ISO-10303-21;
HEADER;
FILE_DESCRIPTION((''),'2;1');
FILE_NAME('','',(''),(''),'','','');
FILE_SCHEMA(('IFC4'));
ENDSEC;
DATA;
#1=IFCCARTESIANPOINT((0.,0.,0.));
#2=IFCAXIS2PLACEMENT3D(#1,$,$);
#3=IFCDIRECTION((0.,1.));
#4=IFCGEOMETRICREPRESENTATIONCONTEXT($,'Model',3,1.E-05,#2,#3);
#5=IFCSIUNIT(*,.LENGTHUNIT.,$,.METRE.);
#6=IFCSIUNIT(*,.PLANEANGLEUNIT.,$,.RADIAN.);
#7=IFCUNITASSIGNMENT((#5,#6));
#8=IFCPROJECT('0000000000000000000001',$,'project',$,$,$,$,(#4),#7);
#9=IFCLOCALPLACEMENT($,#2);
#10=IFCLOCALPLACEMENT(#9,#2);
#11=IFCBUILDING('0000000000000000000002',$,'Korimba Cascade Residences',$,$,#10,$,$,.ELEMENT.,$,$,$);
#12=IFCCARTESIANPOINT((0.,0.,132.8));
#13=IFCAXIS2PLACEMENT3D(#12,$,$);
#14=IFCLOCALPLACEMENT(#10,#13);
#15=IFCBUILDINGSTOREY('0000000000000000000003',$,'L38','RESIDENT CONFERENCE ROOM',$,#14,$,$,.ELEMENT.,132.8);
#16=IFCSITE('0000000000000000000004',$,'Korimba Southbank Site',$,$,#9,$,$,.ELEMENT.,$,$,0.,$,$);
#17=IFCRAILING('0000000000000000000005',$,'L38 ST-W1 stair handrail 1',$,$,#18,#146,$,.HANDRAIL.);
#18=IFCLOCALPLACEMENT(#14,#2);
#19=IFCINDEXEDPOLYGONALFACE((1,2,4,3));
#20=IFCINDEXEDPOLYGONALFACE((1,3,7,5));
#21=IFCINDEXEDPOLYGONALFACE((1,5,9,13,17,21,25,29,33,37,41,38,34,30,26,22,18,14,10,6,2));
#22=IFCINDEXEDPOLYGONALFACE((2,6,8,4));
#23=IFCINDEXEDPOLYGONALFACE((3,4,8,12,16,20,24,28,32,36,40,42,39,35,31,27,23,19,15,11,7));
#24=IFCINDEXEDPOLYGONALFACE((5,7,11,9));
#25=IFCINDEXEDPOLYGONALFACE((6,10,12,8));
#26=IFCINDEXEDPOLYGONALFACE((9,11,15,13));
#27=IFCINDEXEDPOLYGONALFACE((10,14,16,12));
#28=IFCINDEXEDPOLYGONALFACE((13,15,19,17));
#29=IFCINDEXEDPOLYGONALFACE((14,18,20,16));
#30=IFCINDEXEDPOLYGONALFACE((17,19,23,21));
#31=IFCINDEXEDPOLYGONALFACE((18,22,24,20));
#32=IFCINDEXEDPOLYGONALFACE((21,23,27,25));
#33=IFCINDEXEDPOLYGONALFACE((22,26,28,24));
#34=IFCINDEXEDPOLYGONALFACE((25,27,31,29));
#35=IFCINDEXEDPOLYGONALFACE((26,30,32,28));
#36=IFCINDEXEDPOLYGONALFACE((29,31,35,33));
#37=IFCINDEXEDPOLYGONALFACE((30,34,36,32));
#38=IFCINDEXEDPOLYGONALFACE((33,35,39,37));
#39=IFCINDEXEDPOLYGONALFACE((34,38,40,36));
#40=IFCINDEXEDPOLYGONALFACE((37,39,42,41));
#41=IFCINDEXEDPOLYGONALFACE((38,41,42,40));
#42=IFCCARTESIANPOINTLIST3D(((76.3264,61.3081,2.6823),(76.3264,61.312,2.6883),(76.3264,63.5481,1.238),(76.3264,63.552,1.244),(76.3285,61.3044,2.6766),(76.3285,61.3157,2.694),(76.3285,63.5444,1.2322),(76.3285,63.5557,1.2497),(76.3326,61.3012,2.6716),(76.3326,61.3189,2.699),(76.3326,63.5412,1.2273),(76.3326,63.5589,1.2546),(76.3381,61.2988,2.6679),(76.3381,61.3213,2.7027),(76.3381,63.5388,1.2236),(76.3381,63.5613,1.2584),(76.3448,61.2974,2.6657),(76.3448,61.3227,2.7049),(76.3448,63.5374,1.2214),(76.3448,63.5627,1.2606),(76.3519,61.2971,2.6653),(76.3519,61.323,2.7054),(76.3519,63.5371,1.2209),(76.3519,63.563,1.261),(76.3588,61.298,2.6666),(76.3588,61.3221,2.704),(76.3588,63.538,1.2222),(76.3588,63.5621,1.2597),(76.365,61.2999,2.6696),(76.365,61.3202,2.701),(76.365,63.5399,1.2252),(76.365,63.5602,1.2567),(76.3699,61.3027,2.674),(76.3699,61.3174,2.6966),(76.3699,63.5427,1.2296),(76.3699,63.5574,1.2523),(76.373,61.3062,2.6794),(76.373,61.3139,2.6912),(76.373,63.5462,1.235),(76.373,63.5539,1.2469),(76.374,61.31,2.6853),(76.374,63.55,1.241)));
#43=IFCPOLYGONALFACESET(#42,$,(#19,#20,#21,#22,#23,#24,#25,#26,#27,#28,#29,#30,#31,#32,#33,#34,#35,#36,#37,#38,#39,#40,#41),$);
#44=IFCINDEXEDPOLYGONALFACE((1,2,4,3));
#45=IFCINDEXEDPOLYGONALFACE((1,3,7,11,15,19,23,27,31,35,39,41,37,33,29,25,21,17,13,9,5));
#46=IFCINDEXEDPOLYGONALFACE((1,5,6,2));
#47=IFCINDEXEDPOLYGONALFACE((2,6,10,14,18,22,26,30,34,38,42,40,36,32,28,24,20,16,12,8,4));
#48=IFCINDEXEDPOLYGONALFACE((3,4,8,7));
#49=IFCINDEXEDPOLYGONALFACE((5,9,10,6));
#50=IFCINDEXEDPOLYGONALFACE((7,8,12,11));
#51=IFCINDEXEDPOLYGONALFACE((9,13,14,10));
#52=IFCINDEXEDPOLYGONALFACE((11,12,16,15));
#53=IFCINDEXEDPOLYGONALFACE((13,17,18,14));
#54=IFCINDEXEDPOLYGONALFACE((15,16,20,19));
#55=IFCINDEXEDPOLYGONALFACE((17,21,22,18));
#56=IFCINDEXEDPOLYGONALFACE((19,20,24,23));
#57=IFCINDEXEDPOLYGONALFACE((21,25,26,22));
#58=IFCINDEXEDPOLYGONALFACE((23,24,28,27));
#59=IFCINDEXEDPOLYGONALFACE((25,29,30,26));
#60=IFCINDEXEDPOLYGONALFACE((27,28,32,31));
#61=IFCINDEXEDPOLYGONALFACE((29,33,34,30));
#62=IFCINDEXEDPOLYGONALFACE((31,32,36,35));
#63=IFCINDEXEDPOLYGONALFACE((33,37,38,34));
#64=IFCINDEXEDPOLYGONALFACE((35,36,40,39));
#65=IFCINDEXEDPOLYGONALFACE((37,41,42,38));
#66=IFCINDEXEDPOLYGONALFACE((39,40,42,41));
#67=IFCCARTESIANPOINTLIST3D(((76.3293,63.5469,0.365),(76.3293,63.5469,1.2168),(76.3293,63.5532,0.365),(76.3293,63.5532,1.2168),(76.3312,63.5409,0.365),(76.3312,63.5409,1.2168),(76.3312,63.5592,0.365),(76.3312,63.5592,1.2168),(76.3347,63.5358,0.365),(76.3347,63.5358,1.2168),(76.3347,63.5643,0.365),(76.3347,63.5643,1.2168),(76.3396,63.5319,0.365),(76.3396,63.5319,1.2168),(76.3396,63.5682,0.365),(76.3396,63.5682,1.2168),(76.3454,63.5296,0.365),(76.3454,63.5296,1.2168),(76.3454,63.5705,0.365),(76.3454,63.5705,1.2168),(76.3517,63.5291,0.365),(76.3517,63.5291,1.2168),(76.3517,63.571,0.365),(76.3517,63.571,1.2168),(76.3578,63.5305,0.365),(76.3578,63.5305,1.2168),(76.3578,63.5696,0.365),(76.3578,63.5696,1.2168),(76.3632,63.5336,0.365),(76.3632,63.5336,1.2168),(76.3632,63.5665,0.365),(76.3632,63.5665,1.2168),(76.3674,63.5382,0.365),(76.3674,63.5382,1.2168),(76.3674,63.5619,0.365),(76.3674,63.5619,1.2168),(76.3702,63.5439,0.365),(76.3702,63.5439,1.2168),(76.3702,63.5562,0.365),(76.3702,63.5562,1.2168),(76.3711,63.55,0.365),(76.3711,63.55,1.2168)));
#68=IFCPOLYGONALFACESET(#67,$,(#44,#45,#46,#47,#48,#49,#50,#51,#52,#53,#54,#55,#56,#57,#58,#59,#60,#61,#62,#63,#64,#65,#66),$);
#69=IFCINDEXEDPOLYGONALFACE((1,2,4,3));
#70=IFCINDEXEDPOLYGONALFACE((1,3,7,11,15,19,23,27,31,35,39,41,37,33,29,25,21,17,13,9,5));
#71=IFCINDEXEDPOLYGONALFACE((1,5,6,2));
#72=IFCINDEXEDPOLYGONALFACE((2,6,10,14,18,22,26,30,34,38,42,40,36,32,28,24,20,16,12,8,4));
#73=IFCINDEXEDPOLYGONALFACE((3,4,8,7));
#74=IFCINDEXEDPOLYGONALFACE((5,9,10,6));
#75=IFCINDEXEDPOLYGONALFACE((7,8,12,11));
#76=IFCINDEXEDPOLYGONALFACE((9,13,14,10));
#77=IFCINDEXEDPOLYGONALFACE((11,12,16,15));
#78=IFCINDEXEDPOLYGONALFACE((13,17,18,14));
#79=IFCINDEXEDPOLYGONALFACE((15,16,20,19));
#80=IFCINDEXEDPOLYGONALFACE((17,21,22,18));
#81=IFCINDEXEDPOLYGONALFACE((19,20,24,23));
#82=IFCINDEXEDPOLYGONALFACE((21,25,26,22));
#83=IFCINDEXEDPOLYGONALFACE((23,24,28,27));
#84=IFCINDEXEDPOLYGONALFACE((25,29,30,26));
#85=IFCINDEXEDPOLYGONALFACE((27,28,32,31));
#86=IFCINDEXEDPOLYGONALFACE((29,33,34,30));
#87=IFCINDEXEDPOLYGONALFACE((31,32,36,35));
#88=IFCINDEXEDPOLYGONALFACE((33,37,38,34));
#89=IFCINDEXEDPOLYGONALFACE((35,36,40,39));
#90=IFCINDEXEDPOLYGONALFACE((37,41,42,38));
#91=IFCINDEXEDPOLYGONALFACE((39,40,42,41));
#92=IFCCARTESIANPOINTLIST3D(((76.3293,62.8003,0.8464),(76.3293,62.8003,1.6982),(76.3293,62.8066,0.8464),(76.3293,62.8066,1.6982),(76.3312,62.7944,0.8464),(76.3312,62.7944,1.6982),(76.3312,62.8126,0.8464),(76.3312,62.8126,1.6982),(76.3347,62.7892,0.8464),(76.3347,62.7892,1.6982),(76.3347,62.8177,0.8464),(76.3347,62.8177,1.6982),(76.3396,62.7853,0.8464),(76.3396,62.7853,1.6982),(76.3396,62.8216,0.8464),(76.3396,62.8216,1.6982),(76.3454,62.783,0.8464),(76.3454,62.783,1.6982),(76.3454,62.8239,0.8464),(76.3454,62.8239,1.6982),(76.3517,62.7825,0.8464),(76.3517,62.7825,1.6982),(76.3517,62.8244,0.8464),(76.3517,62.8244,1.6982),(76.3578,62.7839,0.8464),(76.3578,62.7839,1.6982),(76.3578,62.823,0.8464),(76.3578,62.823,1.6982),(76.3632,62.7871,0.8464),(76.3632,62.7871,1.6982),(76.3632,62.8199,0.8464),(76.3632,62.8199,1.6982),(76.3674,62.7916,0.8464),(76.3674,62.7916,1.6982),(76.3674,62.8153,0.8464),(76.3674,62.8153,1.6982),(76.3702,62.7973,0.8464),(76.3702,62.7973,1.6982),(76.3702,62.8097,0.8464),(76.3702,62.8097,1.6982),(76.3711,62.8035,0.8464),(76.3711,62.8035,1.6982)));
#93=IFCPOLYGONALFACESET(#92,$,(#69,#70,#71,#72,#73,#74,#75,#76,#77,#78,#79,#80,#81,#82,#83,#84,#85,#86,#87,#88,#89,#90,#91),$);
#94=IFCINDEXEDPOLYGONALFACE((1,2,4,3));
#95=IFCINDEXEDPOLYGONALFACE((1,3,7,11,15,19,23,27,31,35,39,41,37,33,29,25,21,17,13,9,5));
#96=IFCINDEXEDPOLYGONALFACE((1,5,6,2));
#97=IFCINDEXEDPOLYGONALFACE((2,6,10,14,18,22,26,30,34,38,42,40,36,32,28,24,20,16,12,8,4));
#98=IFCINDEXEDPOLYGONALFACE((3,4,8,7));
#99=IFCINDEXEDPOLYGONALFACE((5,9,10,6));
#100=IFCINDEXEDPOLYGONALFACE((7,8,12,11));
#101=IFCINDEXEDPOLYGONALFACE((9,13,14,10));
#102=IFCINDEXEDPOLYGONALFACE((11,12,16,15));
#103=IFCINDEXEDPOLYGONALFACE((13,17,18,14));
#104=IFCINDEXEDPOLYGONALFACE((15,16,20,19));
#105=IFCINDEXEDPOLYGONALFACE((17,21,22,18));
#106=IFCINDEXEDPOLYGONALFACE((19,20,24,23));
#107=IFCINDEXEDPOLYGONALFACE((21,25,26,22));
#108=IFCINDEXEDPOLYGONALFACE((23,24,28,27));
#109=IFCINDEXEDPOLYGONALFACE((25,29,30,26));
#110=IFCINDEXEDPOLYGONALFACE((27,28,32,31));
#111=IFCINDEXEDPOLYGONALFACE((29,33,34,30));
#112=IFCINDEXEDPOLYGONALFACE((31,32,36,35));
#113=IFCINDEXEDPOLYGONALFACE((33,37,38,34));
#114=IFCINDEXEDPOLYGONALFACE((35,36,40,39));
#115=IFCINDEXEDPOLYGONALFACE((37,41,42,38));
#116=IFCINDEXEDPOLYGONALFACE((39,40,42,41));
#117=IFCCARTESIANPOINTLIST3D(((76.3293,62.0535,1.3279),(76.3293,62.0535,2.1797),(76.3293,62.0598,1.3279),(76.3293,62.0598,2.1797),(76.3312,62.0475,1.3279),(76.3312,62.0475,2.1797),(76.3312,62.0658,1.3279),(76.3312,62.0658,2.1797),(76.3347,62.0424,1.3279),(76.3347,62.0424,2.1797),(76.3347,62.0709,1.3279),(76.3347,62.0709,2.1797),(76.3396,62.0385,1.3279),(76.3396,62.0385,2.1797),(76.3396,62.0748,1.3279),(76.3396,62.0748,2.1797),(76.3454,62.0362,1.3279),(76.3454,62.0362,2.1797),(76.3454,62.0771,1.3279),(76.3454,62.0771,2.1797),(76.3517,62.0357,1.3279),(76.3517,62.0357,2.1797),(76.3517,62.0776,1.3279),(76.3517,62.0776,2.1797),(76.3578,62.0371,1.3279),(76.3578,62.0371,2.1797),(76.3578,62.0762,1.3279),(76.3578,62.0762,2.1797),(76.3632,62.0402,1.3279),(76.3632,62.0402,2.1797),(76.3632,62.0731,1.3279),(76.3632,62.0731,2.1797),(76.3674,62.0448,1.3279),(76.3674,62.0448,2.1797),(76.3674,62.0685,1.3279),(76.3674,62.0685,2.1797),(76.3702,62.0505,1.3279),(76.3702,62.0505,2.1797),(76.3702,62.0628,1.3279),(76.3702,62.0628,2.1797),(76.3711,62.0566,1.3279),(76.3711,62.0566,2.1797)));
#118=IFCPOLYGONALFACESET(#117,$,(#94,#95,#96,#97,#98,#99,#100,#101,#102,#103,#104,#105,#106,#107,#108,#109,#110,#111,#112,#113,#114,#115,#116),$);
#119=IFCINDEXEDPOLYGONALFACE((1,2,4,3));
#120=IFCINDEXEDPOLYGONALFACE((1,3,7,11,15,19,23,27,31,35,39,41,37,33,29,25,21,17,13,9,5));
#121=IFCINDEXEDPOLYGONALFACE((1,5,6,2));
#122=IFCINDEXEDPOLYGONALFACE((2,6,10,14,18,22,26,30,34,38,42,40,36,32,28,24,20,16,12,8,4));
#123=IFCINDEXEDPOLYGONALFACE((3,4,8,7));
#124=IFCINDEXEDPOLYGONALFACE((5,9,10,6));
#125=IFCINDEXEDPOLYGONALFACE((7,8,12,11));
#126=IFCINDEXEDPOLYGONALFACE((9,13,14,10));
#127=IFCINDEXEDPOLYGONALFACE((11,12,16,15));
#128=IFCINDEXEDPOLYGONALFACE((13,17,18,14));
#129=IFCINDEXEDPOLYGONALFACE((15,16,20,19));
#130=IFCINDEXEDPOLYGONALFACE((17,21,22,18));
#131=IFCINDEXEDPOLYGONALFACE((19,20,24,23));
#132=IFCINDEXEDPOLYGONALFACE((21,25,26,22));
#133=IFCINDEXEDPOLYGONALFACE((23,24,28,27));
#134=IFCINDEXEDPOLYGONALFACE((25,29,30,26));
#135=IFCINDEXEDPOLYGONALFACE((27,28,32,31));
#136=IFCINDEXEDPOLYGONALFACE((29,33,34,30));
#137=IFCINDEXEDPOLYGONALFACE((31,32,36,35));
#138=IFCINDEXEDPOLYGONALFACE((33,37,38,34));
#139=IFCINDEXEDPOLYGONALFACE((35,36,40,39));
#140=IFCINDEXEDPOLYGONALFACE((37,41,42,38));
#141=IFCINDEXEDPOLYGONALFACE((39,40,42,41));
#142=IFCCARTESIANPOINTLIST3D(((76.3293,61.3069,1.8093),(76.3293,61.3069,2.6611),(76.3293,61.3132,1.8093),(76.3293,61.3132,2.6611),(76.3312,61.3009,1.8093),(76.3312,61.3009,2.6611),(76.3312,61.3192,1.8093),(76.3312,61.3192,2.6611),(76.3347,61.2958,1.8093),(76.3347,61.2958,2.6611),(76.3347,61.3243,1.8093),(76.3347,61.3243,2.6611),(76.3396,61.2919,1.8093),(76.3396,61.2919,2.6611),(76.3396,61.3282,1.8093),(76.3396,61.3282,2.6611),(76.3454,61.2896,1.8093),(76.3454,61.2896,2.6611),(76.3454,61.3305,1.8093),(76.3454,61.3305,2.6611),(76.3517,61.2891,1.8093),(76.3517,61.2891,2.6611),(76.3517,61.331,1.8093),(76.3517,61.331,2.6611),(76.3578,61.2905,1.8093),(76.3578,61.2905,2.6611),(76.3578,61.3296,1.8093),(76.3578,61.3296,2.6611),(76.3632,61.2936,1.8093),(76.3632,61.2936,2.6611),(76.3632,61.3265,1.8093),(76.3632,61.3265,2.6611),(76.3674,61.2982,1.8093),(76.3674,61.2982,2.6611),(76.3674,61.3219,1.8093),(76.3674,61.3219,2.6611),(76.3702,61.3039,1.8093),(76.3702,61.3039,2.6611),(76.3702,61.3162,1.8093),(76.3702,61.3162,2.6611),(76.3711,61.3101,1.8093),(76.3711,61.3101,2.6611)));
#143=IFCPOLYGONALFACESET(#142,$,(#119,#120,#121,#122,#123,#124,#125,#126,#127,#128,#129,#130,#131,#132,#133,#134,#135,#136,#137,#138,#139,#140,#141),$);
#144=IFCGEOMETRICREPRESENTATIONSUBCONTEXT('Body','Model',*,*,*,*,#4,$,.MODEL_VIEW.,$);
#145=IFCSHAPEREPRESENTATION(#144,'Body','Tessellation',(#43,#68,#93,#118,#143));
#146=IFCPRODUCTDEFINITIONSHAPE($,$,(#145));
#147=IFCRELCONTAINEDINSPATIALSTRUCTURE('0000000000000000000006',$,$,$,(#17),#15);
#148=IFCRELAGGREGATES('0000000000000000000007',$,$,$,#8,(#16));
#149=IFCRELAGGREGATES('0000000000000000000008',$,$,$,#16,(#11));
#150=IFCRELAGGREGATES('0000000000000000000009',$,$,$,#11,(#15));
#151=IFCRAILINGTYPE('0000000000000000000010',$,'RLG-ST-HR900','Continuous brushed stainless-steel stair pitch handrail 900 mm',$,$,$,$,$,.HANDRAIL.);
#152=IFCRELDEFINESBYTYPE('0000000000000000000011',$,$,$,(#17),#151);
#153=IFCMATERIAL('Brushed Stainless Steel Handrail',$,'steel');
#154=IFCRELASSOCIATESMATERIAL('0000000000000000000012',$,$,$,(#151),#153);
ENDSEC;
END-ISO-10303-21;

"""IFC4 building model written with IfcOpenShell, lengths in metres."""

from ifc_helpers import new_model, si_unit, direction, frame, origin, origin_2d, place, context, subcontext, project, spatial, circle, extrude, material, type_object, element, save


model = new_model("IFC4")

# Units and contexts
model_context = context("Model", 3, precision=1e-05, world=origin(), true_north=direction((0.0, 1.0)))
body_context = subcontext(model_context, "Body", "Model", "MODEL_VIEW")
ifc_project = project(units=[si_unit("LENGTHUNIT", "METRE"), si_unit("PLANEANGLEUNIT", "RADIAN")], contexts=[model_context])

# Site, building, storey
site_placement = place(None, origin())
site = spatial("IfcSite", under=ifc_project, at=site_placement, Name="Korimba Southbank Site", CompositionType="ELEMENT", RefElevation=0.0)
building_placement = place(site_placement, origin())
building = spatial("IfcBuilding", under=site, at=building_placement, Name="Korimba Cascade Residences", CompositionType="ELEMENT")
storey_placement = place(building_placement, frame((0.0, 0.0, 132.8)))
storey = spatial("IfcBuildingStorey", under=building, at=storey_placement, Name="L38", Description="RESIDENT CONFERENCE ROOM", CompositionType="ELEMENT", Elevation=132.8)

# Railing
ifc_material_1 = material(Name="Brushed Stainless Steel Handrail", Category="steel")
railing_type_1 = type_object("IfcRailingType", Name="RLG-ST-HR900", Description="Continuous brushed stainless-steel stair pitch handrail 900 mm", PredefinedType="HANDRAIL", material=ifc_material_1)
railing_1_placement = place(storey_placement, frame((76.3501, 63.55, 0.365)))
element("IfcRailing", 1, at=railing_1_placement, inside=storey, type_object=railing_type_1, Name="L38 ST-W1 stair handrail 1", PredefinedType="HANDRAIL", context=body_context, shape_type="SweptSolid", body=[
    extrude(circle(Radius=0.0239, at=origin_2d()), frame((0.0, 0.0, 0.876), z_axis=(0.0, -0.840437, 0.54191), x_axis=(1.0, 0.0, 0.0)), (0.0, 0.0, 1.0), 2.6653),
    extrude(circle(Radius=0.021, at=origin_2d()), origin(), (0.0, 0.0, 1.0), 0.8518),
    extrude(circle(Radius=0.021, at=origin_2d()), frame((0.0, -0.7466, 0.4814)), (0.0, 0.0, 1.0), 0.8518),
    extrude(circle(Radius=0.021, at=origin_2d()), frame((0.0, -1.4934, 0.9629)), (0.0, 0.0, 1.0), 0.8518),
    extrude(circle(Radius=0.021, at=origin_2d()), frame((0.0, -2.24, 1.4443)), (0.0, 0.0, 1.0), 0.8518),
])

save(model, "model.ifc")
